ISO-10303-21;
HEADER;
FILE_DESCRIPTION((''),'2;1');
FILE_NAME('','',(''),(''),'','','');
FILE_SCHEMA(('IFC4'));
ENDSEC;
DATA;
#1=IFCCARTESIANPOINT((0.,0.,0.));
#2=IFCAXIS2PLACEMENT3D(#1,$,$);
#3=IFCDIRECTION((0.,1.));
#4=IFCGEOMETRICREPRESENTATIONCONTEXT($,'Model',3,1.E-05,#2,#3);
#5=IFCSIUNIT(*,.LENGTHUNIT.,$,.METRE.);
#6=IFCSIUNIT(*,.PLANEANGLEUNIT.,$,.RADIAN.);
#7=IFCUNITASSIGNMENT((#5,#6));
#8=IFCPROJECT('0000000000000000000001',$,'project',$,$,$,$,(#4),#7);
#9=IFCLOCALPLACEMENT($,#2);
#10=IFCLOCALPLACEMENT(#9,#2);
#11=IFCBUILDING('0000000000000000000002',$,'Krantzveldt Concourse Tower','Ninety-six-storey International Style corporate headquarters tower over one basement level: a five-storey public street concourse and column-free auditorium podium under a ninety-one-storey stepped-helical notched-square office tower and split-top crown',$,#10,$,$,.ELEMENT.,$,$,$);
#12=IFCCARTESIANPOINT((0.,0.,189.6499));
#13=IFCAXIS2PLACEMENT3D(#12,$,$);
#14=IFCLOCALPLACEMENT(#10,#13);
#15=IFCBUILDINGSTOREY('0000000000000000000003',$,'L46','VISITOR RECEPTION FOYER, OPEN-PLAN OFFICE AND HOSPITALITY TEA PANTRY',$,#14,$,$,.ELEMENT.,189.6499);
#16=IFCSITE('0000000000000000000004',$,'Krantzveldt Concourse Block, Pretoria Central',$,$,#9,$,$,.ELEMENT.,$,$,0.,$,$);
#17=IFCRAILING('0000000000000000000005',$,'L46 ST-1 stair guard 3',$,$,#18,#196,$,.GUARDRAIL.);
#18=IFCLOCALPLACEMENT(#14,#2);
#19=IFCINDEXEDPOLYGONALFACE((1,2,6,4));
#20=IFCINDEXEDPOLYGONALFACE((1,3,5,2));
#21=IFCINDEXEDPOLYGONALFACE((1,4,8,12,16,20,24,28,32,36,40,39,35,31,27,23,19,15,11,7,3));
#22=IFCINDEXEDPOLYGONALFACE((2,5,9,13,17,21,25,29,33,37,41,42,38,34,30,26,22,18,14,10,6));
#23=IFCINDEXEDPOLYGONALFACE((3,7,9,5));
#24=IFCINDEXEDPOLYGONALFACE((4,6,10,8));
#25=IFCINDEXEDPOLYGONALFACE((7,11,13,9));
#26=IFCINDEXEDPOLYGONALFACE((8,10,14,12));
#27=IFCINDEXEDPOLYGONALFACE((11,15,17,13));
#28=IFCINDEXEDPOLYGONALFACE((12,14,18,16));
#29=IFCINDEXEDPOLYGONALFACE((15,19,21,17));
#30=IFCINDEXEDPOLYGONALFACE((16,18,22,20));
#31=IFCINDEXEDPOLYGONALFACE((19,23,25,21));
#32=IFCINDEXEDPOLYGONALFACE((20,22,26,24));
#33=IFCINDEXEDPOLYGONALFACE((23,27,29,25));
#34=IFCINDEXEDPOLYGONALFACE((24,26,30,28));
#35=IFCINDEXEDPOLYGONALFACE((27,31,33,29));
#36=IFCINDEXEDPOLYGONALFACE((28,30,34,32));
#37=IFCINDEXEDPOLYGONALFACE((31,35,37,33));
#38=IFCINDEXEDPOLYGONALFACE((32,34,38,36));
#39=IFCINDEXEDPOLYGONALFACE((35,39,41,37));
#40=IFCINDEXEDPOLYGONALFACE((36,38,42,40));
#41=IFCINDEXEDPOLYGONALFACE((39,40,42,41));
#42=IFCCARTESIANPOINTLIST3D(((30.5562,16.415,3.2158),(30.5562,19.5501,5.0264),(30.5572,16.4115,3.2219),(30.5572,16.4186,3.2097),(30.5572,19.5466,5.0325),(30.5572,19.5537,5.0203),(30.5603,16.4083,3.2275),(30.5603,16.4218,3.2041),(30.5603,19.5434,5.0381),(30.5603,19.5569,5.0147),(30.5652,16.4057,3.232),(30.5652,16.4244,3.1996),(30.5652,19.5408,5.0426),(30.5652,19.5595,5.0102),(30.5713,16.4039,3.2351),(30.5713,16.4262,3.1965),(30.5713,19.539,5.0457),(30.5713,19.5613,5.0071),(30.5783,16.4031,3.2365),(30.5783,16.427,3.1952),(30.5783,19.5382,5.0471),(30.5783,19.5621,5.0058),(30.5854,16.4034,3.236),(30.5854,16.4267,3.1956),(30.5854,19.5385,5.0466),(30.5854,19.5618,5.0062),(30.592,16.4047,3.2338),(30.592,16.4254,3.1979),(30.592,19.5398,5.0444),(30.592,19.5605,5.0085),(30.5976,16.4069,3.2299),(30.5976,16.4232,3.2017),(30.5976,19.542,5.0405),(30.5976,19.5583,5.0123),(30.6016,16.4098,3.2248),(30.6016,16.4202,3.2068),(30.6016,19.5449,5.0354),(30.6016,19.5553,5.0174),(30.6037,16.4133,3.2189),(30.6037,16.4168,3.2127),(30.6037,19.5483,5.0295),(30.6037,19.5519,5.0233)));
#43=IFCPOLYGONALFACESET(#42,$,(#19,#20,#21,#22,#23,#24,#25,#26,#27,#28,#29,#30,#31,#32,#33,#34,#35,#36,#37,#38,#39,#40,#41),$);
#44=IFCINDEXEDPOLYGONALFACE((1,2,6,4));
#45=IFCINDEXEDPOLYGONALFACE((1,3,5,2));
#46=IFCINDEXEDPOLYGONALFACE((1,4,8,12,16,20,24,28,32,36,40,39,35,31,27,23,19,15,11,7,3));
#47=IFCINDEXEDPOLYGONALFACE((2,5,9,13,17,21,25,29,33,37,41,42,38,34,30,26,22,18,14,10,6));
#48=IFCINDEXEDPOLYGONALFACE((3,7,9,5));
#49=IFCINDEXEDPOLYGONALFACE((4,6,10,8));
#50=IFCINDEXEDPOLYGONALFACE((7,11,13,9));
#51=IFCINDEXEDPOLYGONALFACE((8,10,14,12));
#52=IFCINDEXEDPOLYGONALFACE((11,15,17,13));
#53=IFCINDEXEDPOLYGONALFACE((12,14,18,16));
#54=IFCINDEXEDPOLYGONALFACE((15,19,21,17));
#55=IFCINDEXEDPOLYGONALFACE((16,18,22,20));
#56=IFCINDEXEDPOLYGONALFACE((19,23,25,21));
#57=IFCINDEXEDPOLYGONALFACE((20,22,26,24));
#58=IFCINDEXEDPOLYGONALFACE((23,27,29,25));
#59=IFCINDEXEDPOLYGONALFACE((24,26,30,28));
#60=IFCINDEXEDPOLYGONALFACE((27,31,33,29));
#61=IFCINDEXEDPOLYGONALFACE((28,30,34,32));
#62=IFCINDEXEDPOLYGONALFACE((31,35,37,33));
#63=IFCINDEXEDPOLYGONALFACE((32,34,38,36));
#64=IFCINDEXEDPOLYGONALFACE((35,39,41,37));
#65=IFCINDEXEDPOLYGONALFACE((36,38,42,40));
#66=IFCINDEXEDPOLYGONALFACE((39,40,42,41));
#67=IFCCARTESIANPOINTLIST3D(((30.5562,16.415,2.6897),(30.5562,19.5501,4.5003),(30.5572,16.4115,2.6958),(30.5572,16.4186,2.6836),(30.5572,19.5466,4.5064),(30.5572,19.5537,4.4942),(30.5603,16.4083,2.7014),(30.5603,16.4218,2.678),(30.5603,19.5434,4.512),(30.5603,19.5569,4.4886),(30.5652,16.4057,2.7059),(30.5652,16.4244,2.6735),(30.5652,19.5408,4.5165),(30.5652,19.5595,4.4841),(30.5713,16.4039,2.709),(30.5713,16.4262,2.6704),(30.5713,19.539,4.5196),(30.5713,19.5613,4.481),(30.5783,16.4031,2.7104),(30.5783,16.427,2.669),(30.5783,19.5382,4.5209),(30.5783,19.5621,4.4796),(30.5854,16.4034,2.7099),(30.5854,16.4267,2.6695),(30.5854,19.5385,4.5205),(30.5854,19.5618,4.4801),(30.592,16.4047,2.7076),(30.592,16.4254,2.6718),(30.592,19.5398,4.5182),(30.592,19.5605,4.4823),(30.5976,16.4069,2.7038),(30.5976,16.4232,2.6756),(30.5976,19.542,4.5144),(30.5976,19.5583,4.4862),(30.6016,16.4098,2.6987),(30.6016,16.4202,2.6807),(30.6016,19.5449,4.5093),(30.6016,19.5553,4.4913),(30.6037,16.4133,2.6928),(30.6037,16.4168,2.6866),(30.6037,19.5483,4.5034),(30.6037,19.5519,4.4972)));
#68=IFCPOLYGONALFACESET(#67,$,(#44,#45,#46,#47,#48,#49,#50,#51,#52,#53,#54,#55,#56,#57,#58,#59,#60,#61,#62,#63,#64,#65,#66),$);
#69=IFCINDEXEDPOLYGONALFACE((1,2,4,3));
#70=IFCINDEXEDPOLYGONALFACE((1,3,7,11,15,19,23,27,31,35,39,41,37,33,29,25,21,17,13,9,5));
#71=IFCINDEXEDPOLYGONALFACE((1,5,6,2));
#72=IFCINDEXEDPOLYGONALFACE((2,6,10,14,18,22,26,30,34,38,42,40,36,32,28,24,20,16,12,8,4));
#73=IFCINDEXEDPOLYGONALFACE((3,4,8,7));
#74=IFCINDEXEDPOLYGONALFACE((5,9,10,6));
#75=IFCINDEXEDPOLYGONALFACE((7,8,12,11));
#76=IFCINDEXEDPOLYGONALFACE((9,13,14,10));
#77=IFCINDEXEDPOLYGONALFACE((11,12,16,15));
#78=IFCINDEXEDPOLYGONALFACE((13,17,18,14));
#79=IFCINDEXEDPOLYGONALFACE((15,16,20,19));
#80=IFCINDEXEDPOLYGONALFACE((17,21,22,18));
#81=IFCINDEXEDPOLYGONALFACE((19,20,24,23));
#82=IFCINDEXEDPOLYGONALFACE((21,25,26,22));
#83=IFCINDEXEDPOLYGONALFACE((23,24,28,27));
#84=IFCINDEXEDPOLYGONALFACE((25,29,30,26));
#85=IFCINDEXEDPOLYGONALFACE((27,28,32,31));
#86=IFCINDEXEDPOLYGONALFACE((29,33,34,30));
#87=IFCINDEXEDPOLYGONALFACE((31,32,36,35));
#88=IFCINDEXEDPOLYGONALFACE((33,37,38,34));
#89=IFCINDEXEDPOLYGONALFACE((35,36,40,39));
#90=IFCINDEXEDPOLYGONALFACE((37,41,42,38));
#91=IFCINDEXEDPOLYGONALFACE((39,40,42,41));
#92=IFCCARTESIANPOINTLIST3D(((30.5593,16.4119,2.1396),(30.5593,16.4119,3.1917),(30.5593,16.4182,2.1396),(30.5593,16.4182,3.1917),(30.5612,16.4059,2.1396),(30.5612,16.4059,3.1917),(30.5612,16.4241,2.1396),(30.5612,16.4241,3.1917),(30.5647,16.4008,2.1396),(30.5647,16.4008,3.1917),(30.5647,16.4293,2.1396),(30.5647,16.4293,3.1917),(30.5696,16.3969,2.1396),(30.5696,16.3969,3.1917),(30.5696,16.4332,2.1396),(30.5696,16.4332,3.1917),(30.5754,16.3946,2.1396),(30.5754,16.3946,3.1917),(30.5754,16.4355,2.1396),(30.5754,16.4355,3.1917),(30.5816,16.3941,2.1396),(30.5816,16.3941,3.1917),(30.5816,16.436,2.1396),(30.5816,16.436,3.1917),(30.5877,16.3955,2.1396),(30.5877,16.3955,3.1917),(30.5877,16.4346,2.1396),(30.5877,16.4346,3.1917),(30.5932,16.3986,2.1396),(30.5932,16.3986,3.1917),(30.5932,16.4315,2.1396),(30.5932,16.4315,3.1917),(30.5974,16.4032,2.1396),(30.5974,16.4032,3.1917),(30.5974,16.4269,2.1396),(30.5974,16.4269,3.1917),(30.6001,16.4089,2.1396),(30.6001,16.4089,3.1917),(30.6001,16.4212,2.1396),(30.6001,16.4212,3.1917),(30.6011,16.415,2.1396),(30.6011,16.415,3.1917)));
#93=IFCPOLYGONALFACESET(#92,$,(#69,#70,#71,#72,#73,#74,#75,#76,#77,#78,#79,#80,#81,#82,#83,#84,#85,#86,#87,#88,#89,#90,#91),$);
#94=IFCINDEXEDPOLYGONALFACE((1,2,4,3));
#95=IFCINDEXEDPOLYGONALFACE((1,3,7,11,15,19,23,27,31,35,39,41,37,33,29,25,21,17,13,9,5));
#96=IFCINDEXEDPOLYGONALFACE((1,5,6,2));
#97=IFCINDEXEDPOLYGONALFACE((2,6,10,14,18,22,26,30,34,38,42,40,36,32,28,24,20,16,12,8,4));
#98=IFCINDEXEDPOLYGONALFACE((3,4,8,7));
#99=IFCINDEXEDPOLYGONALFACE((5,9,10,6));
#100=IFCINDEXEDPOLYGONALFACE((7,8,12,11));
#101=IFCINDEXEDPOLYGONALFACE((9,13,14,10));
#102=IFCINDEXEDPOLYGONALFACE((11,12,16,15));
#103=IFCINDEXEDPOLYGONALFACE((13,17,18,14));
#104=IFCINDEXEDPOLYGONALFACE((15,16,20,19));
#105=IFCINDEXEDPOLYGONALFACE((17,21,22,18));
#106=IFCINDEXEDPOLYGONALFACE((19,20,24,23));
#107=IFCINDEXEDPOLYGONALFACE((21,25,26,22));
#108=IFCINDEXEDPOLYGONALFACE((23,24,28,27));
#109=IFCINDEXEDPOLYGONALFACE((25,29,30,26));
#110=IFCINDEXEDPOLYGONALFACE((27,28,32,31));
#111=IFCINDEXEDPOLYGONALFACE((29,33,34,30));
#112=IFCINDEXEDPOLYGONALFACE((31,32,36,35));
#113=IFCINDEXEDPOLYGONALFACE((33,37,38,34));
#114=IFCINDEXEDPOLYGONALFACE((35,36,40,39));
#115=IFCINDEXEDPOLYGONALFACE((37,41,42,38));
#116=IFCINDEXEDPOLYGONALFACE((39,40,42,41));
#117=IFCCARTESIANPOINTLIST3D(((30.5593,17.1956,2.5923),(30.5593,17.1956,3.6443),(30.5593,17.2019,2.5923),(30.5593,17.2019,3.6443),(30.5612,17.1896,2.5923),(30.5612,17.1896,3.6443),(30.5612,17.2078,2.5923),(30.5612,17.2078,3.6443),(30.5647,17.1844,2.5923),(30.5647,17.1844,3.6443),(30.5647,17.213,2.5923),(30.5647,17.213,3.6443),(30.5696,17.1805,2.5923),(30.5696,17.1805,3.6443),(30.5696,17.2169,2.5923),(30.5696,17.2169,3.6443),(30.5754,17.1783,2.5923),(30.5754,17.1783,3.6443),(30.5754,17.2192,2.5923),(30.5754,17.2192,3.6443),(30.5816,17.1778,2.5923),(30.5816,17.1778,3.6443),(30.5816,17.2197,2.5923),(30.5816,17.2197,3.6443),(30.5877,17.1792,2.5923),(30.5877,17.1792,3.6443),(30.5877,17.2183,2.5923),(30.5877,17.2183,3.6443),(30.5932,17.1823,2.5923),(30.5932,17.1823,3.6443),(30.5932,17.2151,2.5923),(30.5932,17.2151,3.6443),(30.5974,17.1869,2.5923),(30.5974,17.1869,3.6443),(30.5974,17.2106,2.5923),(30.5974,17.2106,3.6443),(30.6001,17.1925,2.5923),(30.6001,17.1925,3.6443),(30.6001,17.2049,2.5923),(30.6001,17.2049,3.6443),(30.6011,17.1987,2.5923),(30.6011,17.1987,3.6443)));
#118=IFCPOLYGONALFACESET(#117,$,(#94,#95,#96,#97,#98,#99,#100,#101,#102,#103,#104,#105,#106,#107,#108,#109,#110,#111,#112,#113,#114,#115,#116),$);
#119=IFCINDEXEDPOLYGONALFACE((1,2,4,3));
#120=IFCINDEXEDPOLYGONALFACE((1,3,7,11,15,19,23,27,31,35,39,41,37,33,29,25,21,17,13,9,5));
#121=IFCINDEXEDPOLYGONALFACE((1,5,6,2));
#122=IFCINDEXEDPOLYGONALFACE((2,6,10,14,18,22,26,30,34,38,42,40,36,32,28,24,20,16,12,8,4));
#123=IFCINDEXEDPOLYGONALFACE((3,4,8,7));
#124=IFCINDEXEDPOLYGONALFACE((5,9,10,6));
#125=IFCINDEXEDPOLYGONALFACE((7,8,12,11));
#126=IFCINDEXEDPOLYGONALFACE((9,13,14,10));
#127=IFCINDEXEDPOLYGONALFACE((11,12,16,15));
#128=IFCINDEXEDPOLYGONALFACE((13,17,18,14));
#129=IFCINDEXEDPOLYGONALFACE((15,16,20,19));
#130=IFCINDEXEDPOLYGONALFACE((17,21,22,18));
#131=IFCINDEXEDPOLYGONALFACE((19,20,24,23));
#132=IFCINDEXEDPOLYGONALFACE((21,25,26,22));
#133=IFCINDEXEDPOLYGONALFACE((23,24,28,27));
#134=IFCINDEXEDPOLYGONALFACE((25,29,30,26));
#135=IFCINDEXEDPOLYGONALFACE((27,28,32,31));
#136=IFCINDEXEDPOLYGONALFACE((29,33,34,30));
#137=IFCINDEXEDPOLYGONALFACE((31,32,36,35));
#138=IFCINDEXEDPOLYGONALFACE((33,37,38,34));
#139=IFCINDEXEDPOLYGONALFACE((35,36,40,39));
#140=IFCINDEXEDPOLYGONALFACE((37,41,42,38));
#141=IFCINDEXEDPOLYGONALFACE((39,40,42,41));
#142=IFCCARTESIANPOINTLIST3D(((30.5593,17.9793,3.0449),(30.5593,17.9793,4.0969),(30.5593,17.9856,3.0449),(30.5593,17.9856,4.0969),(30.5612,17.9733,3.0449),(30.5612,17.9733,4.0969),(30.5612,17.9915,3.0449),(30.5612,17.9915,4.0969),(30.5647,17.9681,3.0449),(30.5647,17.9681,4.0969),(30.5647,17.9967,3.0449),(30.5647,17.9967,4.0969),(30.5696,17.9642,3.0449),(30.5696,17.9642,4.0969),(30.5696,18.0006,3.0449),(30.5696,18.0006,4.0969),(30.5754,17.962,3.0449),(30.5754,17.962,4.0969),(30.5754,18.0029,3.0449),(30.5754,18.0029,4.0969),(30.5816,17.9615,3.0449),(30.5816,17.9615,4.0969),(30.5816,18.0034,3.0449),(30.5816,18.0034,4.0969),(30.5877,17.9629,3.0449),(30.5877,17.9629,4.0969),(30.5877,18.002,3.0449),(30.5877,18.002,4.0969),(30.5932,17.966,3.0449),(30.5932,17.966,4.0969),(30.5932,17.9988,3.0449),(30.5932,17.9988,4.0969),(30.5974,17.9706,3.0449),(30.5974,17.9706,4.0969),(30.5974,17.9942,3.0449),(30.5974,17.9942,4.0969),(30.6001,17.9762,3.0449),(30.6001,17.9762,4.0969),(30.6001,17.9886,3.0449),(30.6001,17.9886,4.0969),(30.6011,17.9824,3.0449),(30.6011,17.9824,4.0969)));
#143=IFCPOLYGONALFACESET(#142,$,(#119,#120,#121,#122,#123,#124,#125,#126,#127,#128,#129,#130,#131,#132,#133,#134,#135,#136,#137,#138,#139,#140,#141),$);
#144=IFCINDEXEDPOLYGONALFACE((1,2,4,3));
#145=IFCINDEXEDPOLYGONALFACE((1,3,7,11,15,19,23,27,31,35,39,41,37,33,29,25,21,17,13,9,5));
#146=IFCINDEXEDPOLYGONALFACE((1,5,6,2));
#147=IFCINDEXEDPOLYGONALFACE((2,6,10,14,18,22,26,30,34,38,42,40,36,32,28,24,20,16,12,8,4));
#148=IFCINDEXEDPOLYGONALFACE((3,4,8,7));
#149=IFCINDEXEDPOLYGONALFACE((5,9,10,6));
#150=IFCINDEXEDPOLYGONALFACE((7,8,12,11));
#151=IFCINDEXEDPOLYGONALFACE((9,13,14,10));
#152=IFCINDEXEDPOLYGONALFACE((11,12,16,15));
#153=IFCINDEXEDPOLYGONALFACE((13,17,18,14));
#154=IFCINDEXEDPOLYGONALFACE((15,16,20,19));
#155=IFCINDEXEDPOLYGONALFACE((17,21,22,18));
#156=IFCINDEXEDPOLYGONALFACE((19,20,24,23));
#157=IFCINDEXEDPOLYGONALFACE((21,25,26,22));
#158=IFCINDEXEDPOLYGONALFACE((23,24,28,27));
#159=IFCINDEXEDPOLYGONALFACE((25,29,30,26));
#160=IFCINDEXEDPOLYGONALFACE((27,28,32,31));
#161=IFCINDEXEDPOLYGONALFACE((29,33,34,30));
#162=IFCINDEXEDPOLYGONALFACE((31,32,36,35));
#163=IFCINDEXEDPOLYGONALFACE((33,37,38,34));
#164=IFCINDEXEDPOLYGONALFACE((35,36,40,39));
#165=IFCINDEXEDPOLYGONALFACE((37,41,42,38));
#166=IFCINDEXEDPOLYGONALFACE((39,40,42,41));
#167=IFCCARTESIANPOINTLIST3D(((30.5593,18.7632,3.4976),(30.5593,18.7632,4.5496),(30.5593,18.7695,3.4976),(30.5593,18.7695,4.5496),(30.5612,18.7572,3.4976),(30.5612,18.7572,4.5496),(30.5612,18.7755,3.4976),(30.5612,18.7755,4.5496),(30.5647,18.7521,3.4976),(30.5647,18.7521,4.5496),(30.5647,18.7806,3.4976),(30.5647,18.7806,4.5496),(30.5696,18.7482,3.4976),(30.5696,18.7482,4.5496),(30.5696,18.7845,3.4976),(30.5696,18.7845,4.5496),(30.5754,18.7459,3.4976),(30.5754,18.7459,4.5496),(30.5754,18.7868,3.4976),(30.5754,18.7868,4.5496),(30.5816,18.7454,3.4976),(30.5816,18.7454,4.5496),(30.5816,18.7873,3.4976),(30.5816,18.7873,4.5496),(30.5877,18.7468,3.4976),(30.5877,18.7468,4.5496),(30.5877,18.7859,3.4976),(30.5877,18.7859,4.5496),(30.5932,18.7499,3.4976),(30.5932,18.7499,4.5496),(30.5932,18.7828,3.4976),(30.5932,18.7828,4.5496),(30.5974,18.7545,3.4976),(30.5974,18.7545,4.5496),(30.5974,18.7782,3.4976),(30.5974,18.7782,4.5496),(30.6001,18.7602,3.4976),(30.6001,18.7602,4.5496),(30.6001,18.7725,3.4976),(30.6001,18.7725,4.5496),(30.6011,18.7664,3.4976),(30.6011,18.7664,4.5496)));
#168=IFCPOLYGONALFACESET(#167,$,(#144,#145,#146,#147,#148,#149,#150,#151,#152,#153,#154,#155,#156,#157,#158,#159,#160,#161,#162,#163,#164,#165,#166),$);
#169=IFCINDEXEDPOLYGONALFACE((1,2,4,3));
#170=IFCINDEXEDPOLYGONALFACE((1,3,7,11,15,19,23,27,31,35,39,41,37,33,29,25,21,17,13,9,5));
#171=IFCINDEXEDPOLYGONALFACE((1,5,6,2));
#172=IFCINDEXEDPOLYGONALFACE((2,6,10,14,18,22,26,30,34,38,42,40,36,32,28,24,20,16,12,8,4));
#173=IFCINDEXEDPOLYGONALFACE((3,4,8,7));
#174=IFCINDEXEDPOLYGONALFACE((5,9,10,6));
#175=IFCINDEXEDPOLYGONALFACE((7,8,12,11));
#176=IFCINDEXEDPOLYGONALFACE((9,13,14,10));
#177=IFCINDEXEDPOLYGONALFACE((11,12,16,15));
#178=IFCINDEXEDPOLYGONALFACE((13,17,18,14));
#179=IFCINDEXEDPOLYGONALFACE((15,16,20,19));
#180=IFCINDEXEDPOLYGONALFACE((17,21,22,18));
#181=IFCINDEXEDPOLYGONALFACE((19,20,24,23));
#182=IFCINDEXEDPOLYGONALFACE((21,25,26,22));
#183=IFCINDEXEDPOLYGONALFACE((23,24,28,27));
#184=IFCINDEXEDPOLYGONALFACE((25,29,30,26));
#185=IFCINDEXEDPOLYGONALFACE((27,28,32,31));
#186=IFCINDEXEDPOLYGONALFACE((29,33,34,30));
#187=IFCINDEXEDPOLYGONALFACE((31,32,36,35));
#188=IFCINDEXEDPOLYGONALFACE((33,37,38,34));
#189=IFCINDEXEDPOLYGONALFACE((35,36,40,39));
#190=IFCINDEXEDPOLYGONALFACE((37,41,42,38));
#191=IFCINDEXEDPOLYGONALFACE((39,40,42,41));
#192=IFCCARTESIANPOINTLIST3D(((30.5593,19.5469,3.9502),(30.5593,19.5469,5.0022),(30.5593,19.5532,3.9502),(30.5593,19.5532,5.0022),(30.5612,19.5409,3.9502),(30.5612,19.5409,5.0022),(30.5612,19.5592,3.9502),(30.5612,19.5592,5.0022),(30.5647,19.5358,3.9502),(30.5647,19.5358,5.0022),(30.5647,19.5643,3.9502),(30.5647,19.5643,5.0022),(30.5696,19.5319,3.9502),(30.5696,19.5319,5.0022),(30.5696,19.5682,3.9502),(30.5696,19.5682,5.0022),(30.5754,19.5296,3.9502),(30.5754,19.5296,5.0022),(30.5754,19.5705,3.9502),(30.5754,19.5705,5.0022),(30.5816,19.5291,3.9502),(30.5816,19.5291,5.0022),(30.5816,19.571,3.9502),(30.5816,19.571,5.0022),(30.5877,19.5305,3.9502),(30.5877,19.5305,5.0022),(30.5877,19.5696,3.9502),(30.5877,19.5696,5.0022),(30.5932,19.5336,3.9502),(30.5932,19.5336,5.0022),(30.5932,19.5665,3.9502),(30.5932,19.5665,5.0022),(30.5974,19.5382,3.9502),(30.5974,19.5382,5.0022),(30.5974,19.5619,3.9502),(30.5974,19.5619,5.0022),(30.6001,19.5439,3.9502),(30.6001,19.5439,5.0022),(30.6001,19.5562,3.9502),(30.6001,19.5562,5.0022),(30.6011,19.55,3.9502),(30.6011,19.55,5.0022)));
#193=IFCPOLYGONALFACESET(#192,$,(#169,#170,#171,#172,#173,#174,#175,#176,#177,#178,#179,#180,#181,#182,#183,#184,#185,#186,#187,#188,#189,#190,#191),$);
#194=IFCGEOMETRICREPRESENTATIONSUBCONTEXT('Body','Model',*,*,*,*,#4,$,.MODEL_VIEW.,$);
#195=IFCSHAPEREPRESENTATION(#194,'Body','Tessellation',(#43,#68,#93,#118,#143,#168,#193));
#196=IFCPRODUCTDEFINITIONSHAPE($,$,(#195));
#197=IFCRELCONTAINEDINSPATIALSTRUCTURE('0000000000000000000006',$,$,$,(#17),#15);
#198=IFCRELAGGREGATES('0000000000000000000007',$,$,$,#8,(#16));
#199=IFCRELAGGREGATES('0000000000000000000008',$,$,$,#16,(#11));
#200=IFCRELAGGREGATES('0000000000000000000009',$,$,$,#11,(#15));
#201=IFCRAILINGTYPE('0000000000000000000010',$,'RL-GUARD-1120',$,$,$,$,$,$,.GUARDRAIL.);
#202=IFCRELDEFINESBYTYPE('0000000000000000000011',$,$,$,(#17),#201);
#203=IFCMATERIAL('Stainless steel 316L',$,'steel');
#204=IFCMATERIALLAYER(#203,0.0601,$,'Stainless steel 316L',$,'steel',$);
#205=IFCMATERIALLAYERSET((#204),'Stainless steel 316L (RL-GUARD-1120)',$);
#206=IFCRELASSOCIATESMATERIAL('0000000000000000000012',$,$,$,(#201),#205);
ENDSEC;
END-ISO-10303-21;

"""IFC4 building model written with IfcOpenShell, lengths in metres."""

from ifc_helpers import new_model, si_unit, direction, frame, origin, origin_2d, place, context, subcontext, project, spatial, circle, extrude, material, layer, layer_set, type_object, element, save


model = new_model("IFC4")

# Units and contexts
model_context = context("Model", 3, precision=1e-05, world=origin(), true_north=direction((0.0, 1.0)))
body_context = subcontext(model_context, "Body", "Model", "MODEL_VIEW")
ifc_project = project(units=[si_unit("LENGTHUNIT", "METRE"), si_unit("PLANEANGLEUNIT", "RADIAN")], contexts=[model_context])

# Site, building, storey
site_placement = place(None, origin())
site = spatial("IfcSite", under=ifc_project, at=site_placement, Name="Krantzveldt Concourse Block, Pretoria Central", CompositionType="ELEMENT", RefElevation=0.0)
building_placement = place(site_placement, origin())
building = spatial("IfcBuilding", under=site, at=building_placement, Name="Krantzveldt Concourse Tower", Description="Ninety-six-storey International Style corporate headquarters tower over one basement level: a five-storey public street concourse and column-free auditorium podium under a ninety-one-storey stepped-helical notched-square office tower and split-top crown", CompositionType="ELEMENT")
storey_placement = place(building_placement, frame((0.0, 0.0, 189.6499)))
storey = spatial("IfcBuildingStorey", under=building, at=storey_placement, Name="L46", Description="VISITOR RECEPTION FOYER, OPEN-PLAN OFFICE AND HOSPITALITY TEA PANTRY", CompositionType="ELEMENT", Elevation=189.6499)

# Railing
ifc_material_1 = material(Name="Stainless steel 316L", Category="steel")
ifc_layer_1 = layer(ifc_material_1, 0.0601, Name="Stainless steel 316L", Category="steel")
ifc_layer_set_1 = layer_set([ifc_layer_1], Name="Stainless steel 316L (RL-GUARD-1120)")
railing_type_1 = type_object("IfcRailingType", Name="RL-GUARD-1120", PredefinedType="GUARDRAIL", material=ifc_layer_set_1)
railing_1_placement = place(storey_placement, frame((30.5801, 16.415, 2.1396)))
element("IfcRailing", 1, at=railing_1_placement, inside=storey, type_object=railing_type_1, Name="L46 ST-1 stair guard 3", PredefinedType="GUARDRAIL", context=body_context, shape_type="SweptSolid", body=[
    extrude(circle(Radius=0.0239, at=origin_2d()), frame((0.0, 0.0, 1.0762), z_axis=(0.0, 0.86596, 0.500114), x_axis=(-1.0, 0.0, 0.0)), (0.0, 0.0, 1.0), 3.6204),
    extrude(circle(Radius=0.0239, at=origin_2d()), frame((0.0, 0.0, 0.55), z_axis=(0.0, 0.86596, 0.500114), x_axis=(-1.0, 0.0, 0.0)), (0.0, 0.0, 1.0), 3.6204),
    extrude(circle(Radius=0.021, at=origin_2d()), origin(), (0.0, 0.0, 1.0), 1.052),
    extrude(circle(Radius=0.021, at=origin_2d()), frame((0.0, 0.7837, 0.4526)), (0.0, 0.0, 1.0), 1.052),
    extrude(circle(Radius=0.021, at=origin_2d()), frame((0.0, 1.5674, 0.9053)), (0.0, 0.0, 1.0), 1.052),
    extrude(circle(Radius=0.021, at=origin_2d()), frame((0.0, 2.3513, 1.3579)), (0.0, 0.0, 1.0), 1.052),
    extrude(circle(Radius=0.021, at=origin_2d()), frame((0.0, 3.135, 1.8105)), (0.0, 0.0, 1.0), 1.052),
])

save(model, "model.ifc")
